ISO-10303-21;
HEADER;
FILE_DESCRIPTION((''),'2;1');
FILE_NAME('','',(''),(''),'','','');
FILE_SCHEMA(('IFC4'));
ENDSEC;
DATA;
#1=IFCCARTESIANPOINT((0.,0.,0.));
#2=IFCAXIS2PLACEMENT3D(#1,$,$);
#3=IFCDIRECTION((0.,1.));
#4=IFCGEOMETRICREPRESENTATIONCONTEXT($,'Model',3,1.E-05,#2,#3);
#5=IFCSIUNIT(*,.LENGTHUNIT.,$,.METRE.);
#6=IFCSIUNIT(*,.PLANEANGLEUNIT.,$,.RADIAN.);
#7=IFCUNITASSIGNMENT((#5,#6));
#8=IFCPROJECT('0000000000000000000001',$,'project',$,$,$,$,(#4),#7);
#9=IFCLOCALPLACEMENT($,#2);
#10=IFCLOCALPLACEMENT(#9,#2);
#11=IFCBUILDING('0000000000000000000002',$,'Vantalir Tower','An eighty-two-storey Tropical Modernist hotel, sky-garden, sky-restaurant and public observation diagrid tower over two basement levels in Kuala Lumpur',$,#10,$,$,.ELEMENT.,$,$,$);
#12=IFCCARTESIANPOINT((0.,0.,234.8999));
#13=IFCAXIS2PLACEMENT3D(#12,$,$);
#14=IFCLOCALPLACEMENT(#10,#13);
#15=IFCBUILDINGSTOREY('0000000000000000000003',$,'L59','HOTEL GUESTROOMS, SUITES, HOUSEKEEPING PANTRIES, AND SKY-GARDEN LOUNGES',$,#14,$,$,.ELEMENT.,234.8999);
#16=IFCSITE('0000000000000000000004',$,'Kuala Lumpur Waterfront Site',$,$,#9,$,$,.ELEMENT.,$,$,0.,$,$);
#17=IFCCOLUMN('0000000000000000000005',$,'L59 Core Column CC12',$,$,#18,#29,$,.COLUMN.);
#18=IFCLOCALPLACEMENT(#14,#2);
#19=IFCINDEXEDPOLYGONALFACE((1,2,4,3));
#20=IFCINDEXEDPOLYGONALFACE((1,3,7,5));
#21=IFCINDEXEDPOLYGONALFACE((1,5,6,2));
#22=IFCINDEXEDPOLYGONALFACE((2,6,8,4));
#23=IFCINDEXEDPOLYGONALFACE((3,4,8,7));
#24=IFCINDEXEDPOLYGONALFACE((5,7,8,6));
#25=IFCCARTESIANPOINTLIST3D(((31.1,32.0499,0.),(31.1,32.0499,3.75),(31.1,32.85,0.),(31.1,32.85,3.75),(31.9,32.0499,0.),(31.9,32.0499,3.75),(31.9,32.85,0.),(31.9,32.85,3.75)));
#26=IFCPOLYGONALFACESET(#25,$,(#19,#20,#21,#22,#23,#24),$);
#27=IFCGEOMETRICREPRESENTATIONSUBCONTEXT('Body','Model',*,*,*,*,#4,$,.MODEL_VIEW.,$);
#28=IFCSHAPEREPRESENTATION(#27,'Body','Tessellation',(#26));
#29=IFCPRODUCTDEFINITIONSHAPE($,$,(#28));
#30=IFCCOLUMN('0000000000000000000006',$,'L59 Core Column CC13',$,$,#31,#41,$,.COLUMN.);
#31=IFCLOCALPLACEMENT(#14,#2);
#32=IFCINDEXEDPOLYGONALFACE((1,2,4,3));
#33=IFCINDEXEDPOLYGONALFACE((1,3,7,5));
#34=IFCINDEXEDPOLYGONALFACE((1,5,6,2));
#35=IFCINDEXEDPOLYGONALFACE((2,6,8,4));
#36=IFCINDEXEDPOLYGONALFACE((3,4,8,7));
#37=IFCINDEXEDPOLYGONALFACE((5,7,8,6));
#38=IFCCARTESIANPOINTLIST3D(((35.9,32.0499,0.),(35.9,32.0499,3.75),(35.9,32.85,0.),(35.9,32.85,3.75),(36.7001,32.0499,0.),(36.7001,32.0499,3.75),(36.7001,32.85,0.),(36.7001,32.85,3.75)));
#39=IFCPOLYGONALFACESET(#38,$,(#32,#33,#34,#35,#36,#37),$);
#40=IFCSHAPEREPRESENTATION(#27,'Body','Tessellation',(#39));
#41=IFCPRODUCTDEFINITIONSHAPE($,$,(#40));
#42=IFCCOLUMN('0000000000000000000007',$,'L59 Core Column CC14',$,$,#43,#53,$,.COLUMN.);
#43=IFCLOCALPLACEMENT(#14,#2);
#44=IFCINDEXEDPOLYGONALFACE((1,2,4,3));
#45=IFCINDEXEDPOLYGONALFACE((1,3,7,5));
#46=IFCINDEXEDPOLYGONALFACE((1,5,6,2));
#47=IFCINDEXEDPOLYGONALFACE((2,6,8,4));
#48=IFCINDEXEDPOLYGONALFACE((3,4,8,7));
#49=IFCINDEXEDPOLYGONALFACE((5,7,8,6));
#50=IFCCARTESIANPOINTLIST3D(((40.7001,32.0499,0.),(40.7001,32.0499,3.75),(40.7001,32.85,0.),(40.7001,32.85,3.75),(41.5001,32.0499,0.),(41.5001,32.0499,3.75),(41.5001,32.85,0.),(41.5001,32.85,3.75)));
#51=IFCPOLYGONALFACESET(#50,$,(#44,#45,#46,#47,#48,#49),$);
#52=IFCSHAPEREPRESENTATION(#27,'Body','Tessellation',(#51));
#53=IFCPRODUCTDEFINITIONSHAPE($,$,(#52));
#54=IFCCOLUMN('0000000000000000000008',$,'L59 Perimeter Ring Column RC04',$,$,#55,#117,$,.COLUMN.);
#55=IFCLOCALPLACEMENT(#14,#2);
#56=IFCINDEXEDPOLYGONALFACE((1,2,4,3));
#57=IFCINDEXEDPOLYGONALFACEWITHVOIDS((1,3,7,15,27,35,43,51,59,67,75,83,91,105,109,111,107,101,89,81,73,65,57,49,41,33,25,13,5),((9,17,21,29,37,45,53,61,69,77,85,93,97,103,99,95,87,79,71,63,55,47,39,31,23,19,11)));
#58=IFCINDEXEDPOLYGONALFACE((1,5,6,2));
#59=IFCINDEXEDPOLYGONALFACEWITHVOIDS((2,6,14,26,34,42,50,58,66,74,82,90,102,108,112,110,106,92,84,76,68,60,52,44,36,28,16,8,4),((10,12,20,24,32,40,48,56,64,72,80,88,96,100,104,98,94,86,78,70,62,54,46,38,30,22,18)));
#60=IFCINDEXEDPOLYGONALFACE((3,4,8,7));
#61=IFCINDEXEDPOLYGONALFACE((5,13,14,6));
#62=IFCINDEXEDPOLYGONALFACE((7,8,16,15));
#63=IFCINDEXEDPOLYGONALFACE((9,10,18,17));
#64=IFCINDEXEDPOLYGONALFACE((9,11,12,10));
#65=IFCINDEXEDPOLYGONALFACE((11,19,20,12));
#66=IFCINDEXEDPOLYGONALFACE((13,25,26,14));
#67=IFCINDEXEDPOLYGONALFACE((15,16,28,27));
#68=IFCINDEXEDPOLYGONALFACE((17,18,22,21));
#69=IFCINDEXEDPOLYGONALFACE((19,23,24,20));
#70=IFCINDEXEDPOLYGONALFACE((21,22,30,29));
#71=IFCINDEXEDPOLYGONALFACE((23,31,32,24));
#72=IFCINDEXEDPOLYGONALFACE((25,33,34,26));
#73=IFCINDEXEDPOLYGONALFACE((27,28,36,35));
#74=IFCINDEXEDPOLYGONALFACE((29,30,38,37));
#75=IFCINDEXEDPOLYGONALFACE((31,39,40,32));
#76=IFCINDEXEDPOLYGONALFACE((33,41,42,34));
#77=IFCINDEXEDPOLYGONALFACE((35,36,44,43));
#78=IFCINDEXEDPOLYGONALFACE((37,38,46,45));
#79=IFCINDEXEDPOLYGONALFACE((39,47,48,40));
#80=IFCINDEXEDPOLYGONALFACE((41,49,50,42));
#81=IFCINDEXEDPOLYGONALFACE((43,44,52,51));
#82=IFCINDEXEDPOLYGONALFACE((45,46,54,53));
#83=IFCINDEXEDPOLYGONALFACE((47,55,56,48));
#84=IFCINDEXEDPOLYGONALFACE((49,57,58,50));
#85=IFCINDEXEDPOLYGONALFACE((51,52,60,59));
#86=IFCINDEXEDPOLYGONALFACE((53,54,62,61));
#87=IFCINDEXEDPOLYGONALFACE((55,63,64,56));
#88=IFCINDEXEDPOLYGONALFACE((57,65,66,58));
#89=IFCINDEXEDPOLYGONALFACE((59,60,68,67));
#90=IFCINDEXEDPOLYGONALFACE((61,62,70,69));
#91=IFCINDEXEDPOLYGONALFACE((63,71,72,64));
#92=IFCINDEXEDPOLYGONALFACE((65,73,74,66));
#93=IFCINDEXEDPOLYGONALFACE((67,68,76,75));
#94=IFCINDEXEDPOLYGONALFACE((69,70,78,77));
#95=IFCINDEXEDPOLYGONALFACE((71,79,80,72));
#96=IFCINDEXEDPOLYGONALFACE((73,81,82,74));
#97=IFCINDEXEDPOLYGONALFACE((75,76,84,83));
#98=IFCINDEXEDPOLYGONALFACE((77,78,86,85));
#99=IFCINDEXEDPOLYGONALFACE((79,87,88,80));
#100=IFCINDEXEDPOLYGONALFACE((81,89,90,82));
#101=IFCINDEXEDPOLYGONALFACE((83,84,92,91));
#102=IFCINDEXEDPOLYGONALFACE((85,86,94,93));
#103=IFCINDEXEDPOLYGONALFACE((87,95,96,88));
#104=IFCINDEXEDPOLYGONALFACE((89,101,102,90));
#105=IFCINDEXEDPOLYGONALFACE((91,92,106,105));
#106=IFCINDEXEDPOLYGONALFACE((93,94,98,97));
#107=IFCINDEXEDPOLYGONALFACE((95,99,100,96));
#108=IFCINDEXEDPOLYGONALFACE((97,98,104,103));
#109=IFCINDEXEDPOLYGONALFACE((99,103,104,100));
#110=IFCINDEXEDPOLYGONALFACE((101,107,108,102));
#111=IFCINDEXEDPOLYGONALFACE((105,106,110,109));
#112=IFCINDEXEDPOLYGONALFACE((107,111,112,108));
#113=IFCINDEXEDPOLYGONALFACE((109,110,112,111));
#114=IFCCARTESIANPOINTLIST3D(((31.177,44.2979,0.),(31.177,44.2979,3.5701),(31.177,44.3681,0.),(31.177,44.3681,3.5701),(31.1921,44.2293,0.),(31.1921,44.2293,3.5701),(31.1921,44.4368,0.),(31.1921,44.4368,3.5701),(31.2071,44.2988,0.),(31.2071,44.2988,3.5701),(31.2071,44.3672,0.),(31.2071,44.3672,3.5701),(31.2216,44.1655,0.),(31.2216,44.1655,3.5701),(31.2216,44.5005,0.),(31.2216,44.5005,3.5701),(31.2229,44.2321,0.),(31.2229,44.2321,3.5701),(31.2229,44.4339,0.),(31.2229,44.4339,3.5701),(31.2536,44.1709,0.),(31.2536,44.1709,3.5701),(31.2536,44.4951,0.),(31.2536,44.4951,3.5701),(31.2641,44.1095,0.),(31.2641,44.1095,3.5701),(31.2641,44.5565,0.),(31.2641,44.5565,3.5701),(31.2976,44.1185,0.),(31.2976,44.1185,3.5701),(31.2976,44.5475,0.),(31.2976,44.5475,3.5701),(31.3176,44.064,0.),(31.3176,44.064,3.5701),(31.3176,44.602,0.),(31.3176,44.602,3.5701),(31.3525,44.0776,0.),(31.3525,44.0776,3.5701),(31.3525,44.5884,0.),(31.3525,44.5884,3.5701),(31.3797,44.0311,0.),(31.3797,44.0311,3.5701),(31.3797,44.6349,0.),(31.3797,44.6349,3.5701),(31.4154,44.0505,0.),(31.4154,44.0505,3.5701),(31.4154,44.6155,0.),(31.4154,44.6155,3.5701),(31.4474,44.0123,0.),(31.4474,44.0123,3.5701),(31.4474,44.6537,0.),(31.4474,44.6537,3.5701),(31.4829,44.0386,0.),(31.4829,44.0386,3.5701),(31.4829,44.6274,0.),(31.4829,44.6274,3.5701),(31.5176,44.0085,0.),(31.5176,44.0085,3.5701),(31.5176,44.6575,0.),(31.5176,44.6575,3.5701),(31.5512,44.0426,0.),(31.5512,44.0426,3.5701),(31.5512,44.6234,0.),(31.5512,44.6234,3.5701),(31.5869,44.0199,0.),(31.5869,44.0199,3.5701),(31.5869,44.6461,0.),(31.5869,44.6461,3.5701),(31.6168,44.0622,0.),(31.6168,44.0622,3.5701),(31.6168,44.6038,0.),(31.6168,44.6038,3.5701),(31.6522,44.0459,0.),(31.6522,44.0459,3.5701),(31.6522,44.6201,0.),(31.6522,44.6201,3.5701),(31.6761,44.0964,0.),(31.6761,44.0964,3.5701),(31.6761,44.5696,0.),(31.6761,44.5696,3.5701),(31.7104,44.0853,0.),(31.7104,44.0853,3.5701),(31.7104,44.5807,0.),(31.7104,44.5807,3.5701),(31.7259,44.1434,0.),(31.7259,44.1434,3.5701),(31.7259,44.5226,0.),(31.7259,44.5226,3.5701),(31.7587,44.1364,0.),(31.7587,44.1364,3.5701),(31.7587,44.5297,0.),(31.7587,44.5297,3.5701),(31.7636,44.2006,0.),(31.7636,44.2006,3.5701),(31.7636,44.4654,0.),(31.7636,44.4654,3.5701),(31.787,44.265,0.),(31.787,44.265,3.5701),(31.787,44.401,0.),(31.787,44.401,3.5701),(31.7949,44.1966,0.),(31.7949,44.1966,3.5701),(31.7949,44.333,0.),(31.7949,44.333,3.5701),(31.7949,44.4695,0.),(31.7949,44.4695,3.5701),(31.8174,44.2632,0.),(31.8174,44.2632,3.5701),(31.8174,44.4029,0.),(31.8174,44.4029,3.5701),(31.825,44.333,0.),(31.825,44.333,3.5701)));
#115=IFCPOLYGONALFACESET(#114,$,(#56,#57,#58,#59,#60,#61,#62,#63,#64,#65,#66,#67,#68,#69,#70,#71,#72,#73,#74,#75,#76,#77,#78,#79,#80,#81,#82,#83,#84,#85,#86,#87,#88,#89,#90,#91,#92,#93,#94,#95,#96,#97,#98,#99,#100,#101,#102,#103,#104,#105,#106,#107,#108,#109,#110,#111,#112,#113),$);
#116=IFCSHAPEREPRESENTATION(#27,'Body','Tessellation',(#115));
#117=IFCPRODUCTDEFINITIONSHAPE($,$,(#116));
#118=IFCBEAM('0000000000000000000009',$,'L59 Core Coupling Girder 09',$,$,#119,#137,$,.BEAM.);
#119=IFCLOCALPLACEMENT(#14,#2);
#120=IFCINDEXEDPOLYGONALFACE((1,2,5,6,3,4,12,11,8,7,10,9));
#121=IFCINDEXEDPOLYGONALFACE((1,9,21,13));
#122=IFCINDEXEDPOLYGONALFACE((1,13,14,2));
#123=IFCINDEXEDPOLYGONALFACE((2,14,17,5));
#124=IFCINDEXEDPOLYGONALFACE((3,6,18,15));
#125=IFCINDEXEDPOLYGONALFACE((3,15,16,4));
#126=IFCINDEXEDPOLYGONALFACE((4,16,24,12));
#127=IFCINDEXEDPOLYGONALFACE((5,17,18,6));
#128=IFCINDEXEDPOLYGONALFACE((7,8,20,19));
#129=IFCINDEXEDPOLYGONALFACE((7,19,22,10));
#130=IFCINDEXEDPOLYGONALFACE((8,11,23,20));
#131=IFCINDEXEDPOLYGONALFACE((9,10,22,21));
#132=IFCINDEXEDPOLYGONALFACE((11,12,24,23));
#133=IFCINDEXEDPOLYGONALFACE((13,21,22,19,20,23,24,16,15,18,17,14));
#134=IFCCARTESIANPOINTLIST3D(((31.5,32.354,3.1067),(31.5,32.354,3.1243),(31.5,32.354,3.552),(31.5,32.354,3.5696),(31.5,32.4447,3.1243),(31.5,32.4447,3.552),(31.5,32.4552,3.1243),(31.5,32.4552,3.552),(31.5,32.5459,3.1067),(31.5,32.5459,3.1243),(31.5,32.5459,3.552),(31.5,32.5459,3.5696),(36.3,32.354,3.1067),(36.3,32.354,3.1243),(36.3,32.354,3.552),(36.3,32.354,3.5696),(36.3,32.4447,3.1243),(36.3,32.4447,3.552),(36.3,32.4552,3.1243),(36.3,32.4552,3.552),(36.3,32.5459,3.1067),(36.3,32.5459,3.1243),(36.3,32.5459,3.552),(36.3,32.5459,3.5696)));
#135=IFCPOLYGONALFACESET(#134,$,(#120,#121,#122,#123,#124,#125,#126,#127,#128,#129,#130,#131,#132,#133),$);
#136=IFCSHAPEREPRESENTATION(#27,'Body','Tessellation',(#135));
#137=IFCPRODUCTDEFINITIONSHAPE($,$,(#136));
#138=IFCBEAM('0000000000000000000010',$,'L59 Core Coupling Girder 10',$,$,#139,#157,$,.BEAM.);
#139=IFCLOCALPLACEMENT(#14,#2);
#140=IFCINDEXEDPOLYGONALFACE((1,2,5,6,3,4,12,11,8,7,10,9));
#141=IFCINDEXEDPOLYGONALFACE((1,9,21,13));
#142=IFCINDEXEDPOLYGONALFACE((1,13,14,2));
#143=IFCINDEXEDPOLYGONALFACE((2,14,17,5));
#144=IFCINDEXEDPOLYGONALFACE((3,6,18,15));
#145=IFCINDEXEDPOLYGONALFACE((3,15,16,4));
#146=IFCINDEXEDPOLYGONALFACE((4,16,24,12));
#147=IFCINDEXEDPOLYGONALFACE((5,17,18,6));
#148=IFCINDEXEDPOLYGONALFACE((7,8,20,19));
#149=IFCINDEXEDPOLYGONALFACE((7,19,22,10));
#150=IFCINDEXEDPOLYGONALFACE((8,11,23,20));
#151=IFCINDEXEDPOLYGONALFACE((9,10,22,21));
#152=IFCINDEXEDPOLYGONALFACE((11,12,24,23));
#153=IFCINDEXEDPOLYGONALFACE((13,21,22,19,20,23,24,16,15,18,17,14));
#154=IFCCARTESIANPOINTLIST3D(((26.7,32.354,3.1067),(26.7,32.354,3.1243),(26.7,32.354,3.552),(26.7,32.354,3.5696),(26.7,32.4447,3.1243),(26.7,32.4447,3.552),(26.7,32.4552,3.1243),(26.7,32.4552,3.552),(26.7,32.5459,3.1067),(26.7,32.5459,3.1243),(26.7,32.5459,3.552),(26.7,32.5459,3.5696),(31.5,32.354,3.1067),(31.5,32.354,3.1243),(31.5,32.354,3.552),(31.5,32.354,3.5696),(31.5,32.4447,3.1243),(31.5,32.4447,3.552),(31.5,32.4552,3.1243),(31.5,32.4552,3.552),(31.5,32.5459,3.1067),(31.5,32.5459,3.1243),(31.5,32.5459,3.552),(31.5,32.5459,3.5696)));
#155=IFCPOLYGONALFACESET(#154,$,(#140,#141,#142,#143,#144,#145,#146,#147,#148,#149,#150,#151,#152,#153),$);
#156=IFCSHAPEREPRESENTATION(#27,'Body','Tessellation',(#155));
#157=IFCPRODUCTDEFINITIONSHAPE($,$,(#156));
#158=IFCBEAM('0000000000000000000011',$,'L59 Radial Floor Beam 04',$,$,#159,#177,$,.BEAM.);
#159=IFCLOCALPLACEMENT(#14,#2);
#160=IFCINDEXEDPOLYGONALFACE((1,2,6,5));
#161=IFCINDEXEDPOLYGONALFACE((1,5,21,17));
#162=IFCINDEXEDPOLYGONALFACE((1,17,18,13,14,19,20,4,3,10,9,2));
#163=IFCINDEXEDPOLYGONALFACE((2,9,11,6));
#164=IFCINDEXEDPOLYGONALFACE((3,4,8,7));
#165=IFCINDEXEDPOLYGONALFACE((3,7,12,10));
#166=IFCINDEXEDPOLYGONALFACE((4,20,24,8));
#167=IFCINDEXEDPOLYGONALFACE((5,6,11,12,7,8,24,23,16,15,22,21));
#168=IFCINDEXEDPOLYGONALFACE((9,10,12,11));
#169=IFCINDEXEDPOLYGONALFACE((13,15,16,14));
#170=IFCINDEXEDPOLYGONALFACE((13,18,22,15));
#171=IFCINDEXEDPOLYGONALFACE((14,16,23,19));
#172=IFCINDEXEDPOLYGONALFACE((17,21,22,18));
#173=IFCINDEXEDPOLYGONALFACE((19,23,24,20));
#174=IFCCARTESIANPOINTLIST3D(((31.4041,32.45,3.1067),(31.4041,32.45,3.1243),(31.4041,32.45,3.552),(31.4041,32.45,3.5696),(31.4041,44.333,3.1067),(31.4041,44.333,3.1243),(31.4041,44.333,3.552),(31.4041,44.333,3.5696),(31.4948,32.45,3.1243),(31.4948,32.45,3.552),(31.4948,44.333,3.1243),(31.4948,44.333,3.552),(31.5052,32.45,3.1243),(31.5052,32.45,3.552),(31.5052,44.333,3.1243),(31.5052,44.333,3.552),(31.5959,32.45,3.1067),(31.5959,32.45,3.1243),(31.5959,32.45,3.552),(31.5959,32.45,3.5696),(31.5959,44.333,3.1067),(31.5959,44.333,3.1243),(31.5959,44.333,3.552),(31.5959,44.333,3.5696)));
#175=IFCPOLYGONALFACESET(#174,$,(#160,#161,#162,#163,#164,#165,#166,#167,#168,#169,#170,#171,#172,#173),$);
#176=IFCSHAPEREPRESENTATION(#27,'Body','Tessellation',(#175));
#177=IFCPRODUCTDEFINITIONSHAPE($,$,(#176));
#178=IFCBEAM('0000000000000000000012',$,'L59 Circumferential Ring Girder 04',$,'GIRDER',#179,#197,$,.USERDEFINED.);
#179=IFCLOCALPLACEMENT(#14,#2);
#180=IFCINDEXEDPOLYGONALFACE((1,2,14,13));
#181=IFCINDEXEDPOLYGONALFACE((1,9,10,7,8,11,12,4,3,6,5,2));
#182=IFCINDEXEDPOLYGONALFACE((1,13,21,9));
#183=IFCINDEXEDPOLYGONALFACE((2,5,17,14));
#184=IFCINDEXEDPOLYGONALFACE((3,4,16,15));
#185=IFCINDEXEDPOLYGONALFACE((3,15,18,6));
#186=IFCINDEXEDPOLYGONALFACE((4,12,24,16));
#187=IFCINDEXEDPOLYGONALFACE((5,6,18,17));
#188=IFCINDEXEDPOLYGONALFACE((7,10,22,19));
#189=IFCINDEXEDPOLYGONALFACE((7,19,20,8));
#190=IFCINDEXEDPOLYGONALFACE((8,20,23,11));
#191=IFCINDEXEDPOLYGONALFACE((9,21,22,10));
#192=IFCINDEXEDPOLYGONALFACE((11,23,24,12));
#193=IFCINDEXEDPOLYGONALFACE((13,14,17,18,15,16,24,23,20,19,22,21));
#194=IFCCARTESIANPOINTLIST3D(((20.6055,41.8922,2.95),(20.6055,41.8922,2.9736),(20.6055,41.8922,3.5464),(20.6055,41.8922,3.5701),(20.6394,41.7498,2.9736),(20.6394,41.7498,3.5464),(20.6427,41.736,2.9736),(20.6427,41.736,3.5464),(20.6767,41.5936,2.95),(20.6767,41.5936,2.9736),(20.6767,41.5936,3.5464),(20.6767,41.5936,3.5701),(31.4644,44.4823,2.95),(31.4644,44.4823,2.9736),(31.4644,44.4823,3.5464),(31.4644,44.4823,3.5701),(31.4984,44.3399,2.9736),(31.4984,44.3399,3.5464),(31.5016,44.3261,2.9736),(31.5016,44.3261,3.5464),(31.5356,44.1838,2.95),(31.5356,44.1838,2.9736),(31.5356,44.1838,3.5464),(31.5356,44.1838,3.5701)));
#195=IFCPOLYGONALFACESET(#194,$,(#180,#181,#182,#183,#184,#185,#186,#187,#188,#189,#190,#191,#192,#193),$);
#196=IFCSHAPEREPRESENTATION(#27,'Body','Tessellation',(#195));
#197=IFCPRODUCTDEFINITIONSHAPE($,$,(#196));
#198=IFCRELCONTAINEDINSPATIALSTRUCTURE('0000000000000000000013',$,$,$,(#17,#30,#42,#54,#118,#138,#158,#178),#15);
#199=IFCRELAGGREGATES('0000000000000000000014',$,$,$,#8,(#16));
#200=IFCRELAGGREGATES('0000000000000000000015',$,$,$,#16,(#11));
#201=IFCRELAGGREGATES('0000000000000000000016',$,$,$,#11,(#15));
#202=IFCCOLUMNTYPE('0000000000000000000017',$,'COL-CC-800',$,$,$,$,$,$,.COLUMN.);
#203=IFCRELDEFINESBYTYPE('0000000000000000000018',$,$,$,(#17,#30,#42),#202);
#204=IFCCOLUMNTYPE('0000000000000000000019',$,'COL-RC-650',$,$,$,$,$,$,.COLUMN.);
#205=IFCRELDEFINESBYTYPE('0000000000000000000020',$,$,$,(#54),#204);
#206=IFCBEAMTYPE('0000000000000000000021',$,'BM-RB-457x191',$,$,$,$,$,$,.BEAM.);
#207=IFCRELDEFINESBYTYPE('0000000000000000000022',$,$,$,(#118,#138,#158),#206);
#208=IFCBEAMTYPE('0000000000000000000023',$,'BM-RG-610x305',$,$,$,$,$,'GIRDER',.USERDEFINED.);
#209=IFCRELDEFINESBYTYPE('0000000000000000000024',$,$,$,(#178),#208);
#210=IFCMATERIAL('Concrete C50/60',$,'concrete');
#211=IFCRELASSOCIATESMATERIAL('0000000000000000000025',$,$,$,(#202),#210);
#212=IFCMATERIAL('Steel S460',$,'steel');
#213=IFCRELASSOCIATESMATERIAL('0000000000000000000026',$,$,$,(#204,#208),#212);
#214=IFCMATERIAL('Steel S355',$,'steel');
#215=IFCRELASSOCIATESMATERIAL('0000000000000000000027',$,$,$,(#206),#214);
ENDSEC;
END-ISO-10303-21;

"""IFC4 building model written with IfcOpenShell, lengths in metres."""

from ifc_helpers import new_model, si_unit, direction, frame, origin, origin_2d, place, context, subcontext, project, spatial, rectangle, hollow_circle, i_section, extrude, material, material_profile, profile_set, type_object, element, save


model = new_model("IFC4")

# Units and contexts
model_context = context("Model", 3, precision=1e-05, world=origin(), true_north=direction((0.0, 1.0)))
body_context = subcontext(model_context, "Body", "Model", "MODEL_VIEW")
ifc_project = project(units=[si_unit("LENGTHUNIT", "METRE"), si_unit("PLANEANGLEUNIT", "RADIAN")], contexts=[model_context])

# Site, building, storey
site_placement = place(None, origin())
site = spatial("IfcSite", under=ifc_project, at=site_placement, Name="Kuala Lumpur Waterfront Site", CompositionType="ELEMENT", RefElevation=0.0)
building_placement = place(site_placement, origin())
building = spatial("IfcBuilding", under=site, at=building_placement, Name="Vantalir Tower", Description="An eighty-two-storey Tropical Modernist hotel, sky-garden, sky-restaurant and public observation diagrid tower over two basement levels in Kuala Lumpur", CompositionType="ELEMENT")
storey_placement = place(building_placement, frame((0.0, 0.0, 234.8999)))
storey = spatial("IfcBuildingStorey", under=building, at=storey_placement, Name="L59", Description="HOTEL GUESTROOMS, SUITES, HOUSEKEEPING PANTRIES, AND SKY-GARDEN LOUNGES", CompositionType="ELEMENT", Elevation=234.8999)

# Columns
ifc_material_1 = material(Name="Concrete C50/60", Category="concrete")
ifc_material_profile_1 = material_profile(ifc_material_1, rectangle(XDim=0.8, YDim=0.8, at=origin_2d()), Name="Concrete C50/60")
ifc_profile_set_1 = profile_set([ifc_material_profile_1], Name="Concrete C50/60")
column_type_1 = type_object("IfcColumnType", Name="COL-CC-800", PredefinedType="COLUMN", material=ifc_profile_set_1)
for number, where, z_axis, x_axis, name in (
    (1, (31.5, 32.45, 0.0), (0.0, 0.0, 1.0), (1.0, 0.0, 0.0), "L59 Core Column CC12"),
    (2, (36.3, 32.45, 0.0), (0.0, 0.0, 1.0), (1.0, 0.0, 0.0), "L59 Core Column CC13"),
    (3, (41.1001, 32.45, 0.0), (0.0, 0.0, 1.0), (1.0, 0.0, 0.0), "L59 Core Column CC14"),
):
    element("IfcColumn", number, at=place(storey_placement, frame(where, z_axis=z_axis, x_axis=x_axis)), inside=storey, type_object=column_type_1, Name=name, PredefinedType="COLUMN", context=body_context, shape_type="SweptSolid", body=[
        extrude(rectangle(XDim=0.8, YDim=0.8, at=origin_2d()), origin(), (0.0, 0.0, 1.0), 3.75),
    ])
ifc_material_2 = material(Name="Steel S460", Category="steel")
ifc_material_profile_2 = material_profile(ifc_material_2, hollow_circle(Radius=0.325, WallThickness=0.03, at=origin_2d()), Name="Steel S460")
ifc_profile_set_2 = profile_set([ifc_material_profile_2], Name="Steel S460")
column_type_2 = type_object("IfcColumnType", Name="COL-RC-650", PredefinedType="COLUMN", material=ifc_profile_set_2)
column_placement = place(storey_placement, frame((31.5, 44.333, 0.0), z_axis=(0.0, 0.0, 1.0), x_axis=(1.0, 0.0, 0.0)))
element("IfcColumn", 4, at=column_placement, inside=storey, type_object=column_type_2, Name="L59 Perimeter Ring Column RC04", PredefinedType="COLUMN", context=body_context, shape_type="SweptSolid", body=[
    extrude(hollow_circle(Radius=0.325, WallThickness=0.03, at=origin_2d()), origin(), (0.0, 0.0, 1.0), 3.5701),
])

# Beams
ifc_material_3 = material(Name="Steel S355", Category="steel")
ifc_material_profile_3 = material_profile(ifc_material_3, i_section(OverallWidth=0.1919, OverallDepth=0.4629, WebThickness=0.0105, FlangeThickness=0.0176, at=origin_2d()), Name="Steel S355")
ifc_profile_set_3 = profile_set([ifc_material_profile_3], Name="Steel S355")
beam_type_1 = type_object("IfcBeamType", Name="BM-RB-457x191", PredefinedType="BEAM", material=ifc_profile_set_3)
for number, where, z_axis, x_axis, name in (
    (5, (36.3, 32.45, 3.3381), (-1.0, 0.0, 0.0), (0.0, -1.0, 0.0), "L59 Core Coupling Girder 09"),
    (6, (31.5, 32.45, 3.3381), (-1.0, 0.0, 0.0), (0.0, -1.0, 0.0), "L59 Core Coupling Girder 10"),
):
    element("IfcBeam", number, at=place(storey_placement, frame(where, z_axis=z_axis, x_axis=x_axis)), inside=storey, type_object=beam_type_1, Name=name, PredefinedType="BEAM", context=body_context, shape_type="SweptSolid", body=[
        extrude(i_section(OverallWidth=0.1919, OverallDepth=0.4629, WebThickness=0.0105, FlangeThickness=0.0176, at=origin_2d()), origin(), (0.0, 0.0, 1.0), 4.8),
    ])
beam_1_placement = place(storey_placement, frame((31.5, 44.333, 3.3381), z_axis=(0.0, -1.0, 0.0), x_axis=(1.0, 0.0, 0.0)))
element("IfcBeam", 7, at=beam_1_placement, inside=storey, type_object=beam_type_1, Name="L59 Radial Floor Beam 04", PredefinedType="BEAM", context=body_context, shape_type="SweptSolid", body=[
    extrude(i_section(OverallWidth=0.1919, OverallDepth=0.4629, WebThickness=0.0105, FlangeThickness=0.0176, at=origin_2d()), origin(), (0.0, 0.0, 1.0), 11.8831),
])
ifc_material_profile_4 = material_profile(ifc_material_2, i_section(OverallWidth=0.3069, OverallDepth=0.6201, WebThickness=0.0142, FlangeThickness=0.0237, at=origin_2d()), Name="Steel S460")
ifc_profile_set_4 = profile_set([ifc_material_profile_4], Name="Steel S460")
beam_type_2 = type_object("IfcBeamType", Name="BM-RG-610x305", ElementType="GIRDER", PredefinedType="USERDEFINED", material=ifc_profile_set_4)
beam_2_placement = place(storey_placement, frame((31.5, 44.333, 3.26), z_axis=(-0.972713, -0.232014, 0.0), x_axis=(0.232014, -0.972713, 0.0)))
element("IfcBeam", 8, at=beam_2_placement, inside=storey, type_object=beam_type_2, Name="L59 Circumferential Ring Girder 04", ObjectType="GIRDER", PredefinedType="USERDEFINED", context=body_context, shape_type="SweptSolid", body=[
    extrude(i_section(OverallWidth=0.3069, OverallDepth=0.6201, WebThickness=0.0142, FlangeThickness=0.0237, at=origin_2d()), origin(), (0.0, 0.0, 1.0), 11.1636),
])

save(model, "model.ifc")
